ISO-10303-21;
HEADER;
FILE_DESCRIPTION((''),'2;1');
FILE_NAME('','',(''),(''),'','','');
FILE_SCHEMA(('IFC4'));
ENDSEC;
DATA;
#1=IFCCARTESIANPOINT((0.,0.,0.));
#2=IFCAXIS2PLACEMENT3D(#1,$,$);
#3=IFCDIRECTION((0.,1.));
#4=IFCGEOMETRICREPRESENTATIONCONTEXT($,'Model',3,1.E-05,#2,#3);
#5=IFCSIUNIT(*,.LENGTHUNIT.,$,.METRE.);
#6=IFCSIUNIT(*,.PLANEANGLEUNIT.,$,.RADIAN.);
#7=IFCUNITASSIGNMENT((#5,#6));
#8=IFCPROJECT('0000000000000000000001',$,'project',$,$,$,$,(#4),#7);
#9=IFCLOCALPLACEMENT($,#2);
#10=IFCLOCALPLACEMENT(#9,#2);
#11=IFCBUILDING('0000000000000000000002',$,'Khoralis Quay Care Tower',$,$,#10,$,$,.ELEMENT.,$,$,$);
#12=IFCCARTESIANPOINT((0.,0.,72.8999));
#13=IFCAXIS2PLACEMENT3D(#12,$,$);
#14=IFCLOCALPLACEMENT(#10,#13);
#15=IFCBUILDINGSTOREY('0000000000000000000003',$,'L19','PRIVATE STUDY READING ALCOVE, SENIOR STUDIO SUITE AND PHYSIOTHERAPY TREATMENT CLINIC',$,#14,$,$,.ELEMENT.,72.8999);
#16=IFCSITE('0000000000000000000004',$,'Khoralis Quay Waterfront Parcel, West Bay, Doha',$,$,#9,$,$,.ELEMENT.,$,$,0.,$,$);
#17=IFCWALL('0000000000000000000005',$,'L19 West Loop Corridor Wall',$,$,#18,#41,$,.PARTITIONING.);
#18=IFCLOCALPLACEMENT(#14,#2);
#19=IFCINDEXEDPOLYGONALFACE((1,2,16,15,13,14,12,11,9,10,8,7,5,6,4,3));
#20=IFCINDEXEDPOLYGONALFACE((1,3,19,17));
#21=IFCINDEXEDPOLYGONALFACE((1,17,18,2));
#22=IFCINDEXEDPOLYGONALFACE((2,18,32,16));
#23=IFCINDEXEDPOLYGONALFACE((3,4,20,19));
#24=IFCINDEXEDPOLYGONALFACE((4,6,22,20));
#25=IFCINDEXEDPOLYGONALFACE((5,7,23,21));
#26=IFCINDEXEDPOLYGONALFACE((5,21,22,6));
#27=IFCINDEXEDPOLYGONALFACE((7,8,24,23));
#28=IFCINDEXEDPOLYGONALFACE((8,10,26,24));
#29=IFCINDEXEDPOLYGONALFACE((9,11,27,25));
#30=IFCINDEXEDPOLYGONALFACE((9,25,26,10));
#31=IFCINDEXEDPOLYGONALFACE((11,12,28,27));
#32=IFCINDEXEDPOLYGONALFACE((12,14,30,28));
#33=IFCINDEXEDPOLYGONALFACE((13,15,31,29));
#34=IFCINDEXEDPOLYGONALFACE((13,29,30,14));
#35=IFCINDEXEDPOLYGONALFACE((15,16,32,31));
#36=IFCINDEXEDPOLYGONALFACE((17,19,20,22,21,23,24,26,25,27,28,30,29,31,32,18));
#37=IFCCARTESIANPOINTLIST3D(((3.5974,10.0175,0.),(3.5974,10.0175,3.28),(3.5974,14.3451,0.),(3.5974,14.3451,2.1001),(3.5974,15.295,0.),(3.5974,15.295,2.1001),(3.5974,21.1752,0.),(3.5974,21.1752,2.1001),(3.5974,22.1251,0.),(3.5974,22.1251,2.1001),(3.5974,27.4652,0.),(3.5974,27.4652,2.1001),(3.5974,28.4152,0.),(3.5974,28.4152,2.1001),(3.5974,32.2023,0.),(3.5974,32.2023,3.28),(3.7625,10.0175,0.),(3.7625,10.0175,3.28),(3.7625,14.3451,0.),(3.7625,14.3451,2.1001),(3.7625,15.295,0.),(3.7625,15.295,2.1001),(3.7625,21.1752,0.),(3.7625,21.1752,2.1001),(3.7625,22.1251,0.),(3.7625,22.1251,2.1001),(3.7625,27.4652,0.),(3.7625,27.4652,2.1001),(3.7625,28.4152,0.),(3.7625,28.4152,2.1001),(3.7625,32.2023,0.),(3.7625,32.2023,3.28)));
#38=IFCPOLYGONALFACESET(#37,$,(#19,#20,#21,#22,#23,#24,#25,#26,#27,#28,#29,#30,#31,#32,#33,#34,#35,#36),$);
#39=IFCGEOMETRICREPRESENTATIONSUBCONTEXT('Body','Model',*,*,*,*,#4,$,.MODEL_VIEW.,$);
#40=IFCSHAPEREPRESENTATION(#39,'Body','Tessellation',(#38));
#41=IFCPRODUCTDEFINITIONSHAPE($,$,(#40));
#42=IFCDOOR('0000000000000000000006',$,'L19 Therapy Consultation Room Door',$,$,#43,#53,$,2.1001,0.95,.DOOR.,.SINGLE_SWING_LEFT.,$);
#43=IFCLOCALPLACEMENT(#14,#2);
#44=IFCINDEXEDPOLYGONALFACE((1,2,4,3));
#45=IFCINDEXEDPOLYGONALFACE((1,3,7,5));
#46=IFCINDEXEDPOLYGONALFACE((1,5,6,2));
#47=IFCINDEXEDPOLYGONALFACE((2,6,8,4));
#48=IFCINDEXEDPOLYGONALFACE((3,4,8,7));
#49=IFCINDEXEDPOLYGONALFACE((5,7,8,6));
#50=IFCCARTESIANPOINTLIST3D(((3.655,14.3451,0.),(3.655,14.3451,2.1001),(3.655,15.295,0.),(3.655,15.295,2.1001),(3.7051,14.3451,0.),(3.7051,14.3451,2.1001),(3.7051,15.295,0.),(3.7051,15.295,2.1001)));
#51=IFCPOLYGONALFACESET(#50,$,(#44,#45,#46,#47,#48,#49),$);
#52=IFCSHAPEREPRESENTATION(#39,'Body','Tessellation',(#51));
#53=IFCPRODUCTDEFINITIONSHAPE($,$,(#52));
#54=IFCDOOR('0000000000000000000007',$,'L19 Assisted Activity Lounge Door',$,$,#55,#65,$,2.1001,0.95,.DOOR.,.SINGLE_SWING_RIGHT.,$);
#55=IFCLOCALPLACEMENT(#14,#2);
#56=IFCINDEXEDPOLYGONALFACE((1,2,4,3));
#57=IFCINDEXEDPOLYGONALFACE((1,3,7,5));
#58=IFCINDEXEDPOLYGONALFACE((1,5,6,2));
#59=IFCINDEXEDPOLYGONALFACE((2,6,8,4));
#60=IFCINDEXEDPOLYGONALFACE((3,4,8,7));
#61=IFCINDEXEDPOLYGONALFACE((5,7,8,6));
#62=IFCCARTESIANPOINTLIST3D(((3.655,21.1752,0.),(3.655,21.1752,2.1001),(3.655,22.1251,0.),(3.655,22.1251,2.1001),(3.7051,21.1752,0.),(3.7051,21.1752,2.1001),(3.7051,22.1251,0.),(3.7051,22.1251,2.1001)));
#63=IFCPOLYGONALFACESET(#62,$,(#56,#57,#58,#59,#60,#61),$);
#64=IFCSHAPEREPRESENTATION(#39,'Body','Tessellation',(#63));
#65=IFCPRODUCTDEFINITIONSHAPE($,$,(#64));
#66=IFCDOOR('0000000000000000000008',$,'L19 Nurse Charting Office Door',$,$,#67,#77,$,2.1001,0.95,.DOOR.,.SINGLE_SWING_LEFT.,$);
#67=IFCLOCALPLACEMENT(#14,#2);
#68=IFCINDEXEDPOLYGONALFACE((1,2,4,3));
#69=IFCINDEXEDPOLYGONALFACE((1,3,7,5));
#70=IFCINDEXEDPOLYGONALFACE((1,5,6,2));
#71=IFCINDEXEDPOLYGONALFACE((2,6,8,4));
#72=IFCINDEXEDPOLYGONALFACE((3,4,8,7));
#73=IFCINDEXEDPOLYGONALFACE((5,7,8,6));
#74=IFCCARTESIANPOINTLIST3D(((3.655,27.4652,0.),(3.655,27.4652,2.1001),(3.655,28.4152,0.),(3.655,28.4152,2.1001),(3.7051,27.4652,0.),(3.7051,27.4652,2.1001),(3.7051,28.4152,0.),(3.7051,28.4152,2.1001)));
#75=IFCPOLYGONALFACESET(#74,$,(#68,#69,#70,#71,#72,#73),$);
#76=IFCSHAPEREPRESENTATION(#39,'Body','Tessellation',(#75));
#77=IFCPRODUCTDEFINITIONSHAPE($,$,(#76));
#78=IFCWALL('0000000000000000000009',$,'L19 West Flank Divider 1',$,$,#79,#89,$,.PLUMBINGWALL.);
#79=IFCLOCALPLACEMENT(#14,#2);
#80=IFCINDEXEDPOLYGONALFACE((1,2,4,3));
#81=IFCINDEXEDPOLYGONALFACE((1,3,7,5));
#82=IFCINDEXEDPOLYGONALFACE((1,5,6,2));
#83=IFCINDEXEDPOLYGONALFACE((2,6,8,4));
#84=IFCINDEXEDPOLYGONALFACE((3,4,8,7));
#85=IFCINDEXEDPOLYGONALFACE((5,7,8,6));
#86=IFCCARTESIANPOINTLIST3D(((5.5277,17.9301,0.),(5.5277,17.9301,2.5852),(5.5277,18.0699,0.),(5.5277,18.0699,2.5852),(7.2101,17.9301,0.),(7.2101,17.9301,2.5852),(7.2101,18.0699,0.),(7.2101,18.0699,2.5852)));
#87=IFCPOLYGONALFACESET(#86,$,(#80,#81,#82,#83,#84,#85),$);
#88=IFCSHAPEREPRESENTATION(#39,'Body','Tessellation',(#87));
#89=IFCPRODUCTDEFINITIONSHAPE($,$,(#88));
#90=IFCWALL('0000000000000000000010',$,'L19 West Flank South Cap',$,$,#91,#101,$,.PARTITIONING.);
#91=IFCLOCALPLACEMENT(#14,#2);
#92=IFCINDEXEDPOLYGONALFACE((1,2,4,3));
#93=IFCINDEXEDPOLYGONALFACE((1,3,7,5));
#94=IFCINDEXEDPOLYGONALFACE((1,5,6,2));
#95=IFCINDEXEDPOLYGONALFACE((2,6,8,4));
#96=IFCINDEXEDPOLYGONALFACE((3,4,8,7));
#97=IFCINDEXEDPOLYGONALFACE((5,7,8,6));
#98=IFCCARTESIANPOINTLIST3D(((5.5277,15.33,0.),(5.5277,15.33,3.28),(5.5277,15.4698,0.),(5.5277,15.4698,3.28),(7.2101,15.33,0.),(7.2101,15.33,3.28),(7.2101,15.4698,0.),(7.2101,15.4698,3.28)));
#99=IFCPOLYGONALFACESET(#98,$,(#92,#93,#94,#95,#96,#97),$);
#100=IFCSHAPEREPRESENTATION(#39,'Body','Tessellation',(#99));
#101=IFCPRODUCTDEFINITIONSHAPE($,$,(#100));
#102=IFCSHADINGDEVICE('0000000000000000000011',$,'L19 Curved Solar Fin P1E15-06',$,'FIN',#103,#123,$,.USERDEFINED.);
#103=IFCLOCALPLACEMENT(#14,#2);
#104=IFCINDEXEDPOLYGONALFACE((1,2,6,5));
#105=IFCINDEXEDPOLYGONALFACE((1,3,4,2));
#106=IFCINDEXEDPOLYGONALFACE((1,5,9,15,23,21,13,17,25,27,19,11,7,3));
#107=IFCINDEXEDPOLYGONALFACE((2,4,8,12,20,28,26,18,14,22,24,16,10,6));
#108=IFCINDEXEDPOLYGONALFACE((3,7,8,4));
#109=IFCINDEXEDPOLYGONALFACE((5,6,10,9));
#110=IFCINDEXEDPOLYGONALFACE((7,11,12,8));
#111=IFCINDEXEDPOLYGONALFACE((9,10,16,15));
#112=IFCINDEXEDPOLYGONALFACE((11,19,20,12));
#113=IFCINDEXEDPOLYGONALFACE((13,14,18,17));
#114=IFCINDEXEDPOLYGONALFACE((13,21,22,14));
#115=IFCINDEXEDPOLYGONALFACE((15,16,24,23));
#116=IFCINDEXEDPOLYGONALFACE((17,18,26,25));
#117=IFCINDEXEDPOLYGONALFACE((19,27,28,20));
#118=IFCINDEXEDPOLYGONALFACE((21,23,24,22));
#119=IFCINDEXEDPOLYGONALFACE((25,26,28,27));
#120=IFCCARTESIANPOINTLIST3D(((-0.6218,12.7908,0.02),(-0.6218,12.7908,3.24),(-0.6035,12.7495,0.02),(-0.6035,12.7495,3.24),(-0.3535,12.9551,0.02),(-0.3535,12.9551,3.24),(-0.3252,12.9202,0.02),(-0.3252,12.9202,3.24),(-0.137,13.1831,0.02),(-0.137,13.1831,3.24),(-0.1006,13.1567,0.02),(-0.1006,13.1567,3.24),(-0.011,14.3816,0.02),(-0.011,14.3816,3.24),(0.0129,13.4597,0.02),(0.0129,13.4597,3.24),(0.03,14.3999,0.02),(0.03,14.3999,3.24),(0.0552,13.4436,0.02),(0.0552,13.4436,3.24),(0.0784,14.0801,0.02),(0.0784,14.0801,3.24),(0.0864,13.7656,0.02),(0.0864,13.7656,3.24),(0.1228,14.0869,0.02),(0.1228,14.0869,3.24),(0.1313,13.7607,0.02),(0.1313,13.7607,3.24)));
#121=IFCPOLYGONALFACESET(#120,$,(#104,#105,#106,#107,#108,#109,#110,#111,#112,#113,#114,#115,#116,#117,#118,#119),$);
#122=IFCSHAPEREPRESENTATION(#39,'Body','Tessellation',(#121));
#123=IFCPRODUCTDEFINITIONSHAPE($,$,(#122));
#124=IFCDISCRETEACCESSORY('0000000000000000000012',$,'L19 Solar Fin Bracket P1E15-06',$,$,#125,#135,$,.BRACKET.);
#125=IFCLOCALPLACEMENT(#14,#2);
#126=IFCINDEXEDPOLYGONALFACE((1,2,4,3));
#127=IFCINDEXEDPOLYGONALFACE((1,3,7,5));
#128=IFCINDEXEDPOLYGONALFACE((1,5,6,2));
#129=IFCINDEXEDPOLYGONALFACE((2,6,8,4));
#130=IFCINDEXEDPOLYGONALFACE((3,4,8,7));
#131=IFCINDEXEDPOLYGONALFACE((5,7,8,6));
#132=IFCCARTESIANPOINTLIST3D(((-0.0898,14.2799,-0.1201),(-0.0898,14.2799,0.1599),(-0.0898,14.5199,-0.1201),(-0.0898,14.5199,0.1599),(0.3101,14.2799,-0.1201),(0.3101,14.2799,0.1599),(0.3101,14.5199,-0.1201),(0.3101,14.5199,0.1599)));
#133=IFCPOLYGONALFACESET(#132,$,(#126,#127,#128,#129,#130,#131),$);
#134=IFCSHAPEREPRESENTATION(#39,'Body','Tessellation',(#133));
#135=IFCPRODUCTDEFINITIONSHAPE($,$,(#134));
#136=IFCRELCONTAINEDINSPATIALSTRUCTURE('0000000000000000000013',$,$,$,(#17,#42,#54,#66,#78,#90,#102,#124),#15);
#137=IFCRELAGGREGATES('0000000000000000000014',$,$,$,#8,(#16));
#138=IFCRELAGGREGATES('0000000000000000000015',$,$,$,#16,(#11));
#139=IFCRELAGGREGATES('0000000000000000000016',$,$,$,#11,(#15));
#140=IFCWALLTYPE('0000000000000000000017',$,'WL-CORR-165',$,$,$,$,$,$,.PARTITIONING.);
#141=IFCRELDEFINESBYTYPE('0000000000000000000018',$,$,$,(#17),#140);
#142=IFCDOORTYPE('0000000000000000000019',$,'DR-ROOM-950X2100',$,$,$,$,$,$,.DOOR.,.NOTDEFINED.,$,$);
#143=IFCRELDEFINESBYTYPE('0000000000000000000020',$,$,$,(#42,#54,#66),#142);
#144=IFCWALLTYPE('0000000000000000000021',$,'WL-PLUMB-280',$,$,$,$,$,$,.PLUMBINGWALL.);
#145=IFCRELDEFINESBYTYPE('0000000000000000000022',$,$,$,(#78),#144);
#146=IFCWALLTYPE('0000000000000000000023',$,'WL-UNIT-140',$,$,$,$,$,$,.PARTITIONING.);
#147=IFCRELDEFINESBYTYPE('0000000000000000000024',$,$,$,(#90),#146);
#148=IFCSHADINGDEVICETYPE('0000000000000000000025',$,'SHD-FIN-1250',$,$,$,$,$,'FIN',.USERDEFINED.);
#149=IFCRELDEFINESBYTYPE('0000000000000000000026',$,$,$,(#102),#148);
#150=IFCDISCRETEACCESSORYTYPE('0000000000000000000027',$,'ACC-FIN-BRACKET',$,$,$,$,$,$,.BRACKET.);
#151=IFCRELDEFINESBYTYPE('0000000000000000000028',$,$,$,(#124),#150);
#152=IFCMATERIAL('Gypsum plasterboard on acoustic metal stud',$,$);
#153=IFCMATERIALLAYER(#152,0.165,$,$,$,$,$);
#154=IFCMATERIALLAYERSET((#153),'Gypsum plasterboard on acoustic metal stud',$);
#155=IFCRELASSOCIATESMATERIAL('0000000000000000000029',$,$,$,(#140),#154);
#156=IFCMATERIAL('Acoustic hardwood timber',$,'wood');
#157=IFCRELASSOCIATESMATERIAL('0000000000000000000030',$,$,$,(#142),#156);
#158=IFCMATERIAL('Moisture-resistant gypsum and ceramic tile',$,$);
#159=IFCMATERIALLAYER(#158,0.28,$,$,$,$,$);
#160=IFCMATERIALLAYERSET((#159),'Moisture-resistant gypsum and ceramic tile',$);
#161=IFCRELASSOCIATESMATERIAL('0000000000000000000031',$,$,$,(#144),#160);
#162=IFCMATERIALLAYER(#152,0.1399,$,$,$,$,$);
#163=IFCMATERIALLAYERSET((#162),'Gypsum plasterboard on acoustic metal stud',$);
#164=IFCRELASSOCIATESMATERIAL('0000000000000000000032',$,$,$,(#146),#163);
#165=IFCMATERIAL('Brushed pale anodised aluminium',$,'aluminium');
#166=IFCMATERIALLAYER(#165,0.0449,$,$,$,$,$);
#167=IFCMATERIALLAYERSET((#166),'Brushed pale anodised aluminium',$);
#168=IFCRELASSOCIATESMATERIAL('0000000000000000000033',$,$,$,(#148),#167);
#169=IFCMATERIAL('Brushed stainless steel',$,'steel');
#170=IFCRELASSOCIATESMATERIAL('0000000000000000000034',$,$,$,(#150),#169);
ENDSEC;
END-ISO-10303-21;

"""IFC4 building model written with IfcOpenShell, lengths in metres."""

from ifc_helpers import new_model, si_unit, direction, frame, frame_2d, origin, origin_2d, place, context, subcontext, project, spatial, polyline, rectangle, outline, extrude, source, transform, mapped, material, layer, layer_set, type_object, element, fill, save


model = new_model("IFC4")

# Units and contexts
model_context = context("Model", 3, precision=1e-05, world=origin(), true_north=direction((0.0, 1.0)))
body_context = subcontext(model_context, "Body", "Model", "MODEL_VIEW")
ifc_project = project(units=[si_unit("LENGTHUNIT", "METRE"), si_unit("PLANEANGLEUNIT", "RADIAN")], contexts=[model_context])

# Site, building, storey
site_placement = place(None, origin())
site = spatial("IfcSite", under=ifc_project, at=site_placement, Name="Khoralis Quay Waterfront Parcel, West Bay, Doha", CompositionType="ELEMENT", RefElevation=0.0)
building_placement = place(site_placement, origin())
building = spatial("IfcBuilding", under=site, at=building_placement, Name="Khoralis Quay Care Tower", CompositionType="ELEMENT")
storey_placement = place(building_placement, frame((0.0, 0.0, 72.8999)))
storey = spatial("IfcBuildingStorey", under=building, at=storey_placement, Name="L19", Description="PRIVATE STUDY READING ALCOVE, SENIOR STUDIO SUITE AND PHYSIOTHERAPY TREATMENT CLINIC", CompositionType="ELEMENT", Elevation=72.8999)

# Wall, openings, doors
ifc_material_1 = material(Name="Gypsum plasterboard on acoustic metal stud")
ifc_layer_1 = layer(ifc_material_1, 0.165)
ifc_layer_set_1 = layer_set([ifc_layer_1], Name="Gypsum plasterboard on acoustic metal stud")
wall_type_1 = type_object("IfcWallType", Name="WL-CORR-165", PredefinedType="PARTITIONING", material=ifc_layer_set_1)
ifc_material_2 = material(Name="Acoustic hardwood timber", Category="wood")
door_type_1 = type_object("IfcDoorType", Name="DR-ROOM-950X2100", OperationType="NOTDEFINED", PredefinedType="DOOR", material=ifc_material_2)
shared_shape_1 = source(origin(), body_context, "Body", "SweptSolid", [
    extrude(rectangle(XDim=0.95, YDim=2.1001, at=frame_2d((0.4751, 1.05))), frame((0.0, 0.0249, 0.0), z_axis=(0.0, -1.0, 0.0), x_axis=(1.0, 0.0, 0.0)), (0.0, 0.0, 1.0), 0.05),
])
wall_1_placement = place(storey_placement, frame((3.6799, 10.0176, 0.0), z_axis=(0.0, 0.0, 1.0), x_axis=(0.0, 1.0, 0.0)))
wall_1 = element("IfcWall", 1, at=wall_1_placement, inside=storey, type_object=wall_type_1, Name="L19 West Loop Corridor Wall", PredefinedType="PARTITIONING", context=body_context, shape_type="SweptSolid", body=[
    extrude(rectangle(XDim=22.1848, YDim=0.165, at=frame_2d((11.0923, 0.0))), origin(), (0.0, 0.0, 1.0), 3.28),
])
opening_1_placement = place(wall_1_placement, frame((4.3274, 0.0, 0.0)))
opening_1 = element("IfcOpeningElement", 2, at=opening_1_placement, cuts=wall_1, PredefinedType="OPENING", context=body_context, shape_type="SweptSolid", body=[
    extrude(rectangle(XDim=0.95, YDim=2.1001, at=frame_2d((0.4751, 1.05))), frame((0.0, 0.0925, 0.0), z_axis=(0.0, -1.0, 0.0), x_axis=(1.0, 0.0, 0.0)), (0.0, 0.0, 1.0), 0.1851),
])
opening_2_placement = place(wall_1_placement, frame((11.1575, 0.0, 0.0)))
opening_2 = element("IfcOpeningElement", 3, at=opening_2_placement, cuts=wall_1, PredefinedType="OPENING", context=body_context, shape_type="SweptSolid", body=[
    extrude(rectangle(XDim=0.95, YDim=2.1001, at=frame_2d((0.4751, 1.05))), frame((0.0, 0.0925, 0.0), z_axis=(0.0, -1.0, 0.0), x_axis=(1.0, 0.0, 0.0)), (0.0, 0.0, 1.0), 0.1851),
])
opening_3_placement = place(wall_1_placement, frame((17.4475, 0.0, 0.0)))
opening_3 = element("IfcOpeningElement", 4, at=opening_3_placement, cuts=wall_1, PredefinedType="OPENING", context=body_context, shape_type="SweptSolid", body=[
    extrude(rectangle(XDim=0.95, YDim=2.1001, at=frame_2d((0.4751, 1.05))), frame((0.0, 0.0925, 0.0), z_axis=(0.0, -1.0, 0.0), x_axis=(1.0, 0.0, 0.0)), (0.0, 0.0, 1.0), 0.1851),
])
door_1_placement = place(opening_1_placement, origin())
door_1 = element("IfcDoor", 5, at=door_1_placement, inside=storey, type_object=door_type_1, Name="L19 Therapy Consultation Room Door", OperationType="SINGLE_SWING_LEFT", OverallHeight=2.1001, OverallWidth=0.95, PredefinedType="DOOR", context=body_context, shape_type="MappedRepresentation", body=[
    mapped(shared_shape_1, transform((0.0, 0.0, 0.0), scale=1.0)),
])
fill(opening_1, door_1)
door_2_placement = place(opening_2_placement, origin())
door_2 = element("IfcDoor", 6, at=door_2_placement, inside=storey, type_object=door_type_1, Name="L19 Assisted Activity Lounge Door", OperationType="SINGLE_SWING_RIGHT", OverallHeight=2.1001, OverallWidth=0.95, PredefinedType="DOOR", context=body_context, shape_type="MappedRepresentation", body=[
    mapped(shared_shape_1, transform((0.0, 0.0, 0.0), scale=1.0)),
])
fill(opening_2, door_2)
door_3_placement = place(opening_3_placement, origin())
door_3 = element("IfcDoor", 7, at=door_3_placement, inside=storey, type_object=door_type_1, Name="L19 Nurse Charting Office Door", OperationType="SINGLE_SWING_LEFT", OverallHeight=2.1001, OverallWidth=0.95, PredefinedType="DOOR", context=body_context, shape_type="MappedRepresentation", body=[
    mapped(shared_shape_1, transform((0.0, 0.0, 0.0), scale=1.0)),
])
fill(opening_3, door_3)

# Walls
ifc_material_3 = material(Name="Moisture-resistant gypsum and ceramic tile")
ifc_layer_2 = layer(ifc_material_3, 0.28)
ifc_layer_set_2 = layer_set([ifc_layer_2], Name="Moisture-resistant gypsum and ceramic tile")
wall_type_2 = type_object("IfcWallType", Name="WL-PLUMB-280", PredefinedType="PLUMBINGWALL", material=ifc_layer_set_2)
wall_2_placement = place(storey_placement, frame((5.5276, 18.0, 0.0), z_axis=(0.0, 0.0, 1.0), x_axis=(1.0, 0.0, 0.0)))
element("IfcWall", 8, at=wall_2_placement, inside=storey, type_object=wall_type_2, Name="L19 West Flank Divider 1", PredefinedType="PLUMBINGWALL", context=body_context, shape_type="SweptSolid", body=[
    extrude(rectangle(XDim=1.6824, YDim=0.1399, at=frame_2d((0.8413, 0.0))), origin(), (0.0, 0.0, 1.0), 2.5852),
])
ifc_layer_3 = layer(ifc_material_1, 0.1399)
ifc_layer_set_3 = layer_set([ifc_layer_3], Name="Gypsum plasterboard on acoustic metal stud")
wall_type_3 = type_object("IfcWallType", Name="WL-UNIT-140", PredefinedType="PARTITIONING", material=ifc_layer_set_3)
wall_3_placement = place(storey_placement, frame((5.5276, 15.3999, 0.0), z_axis=(0.0, 0.0, 1.0), x_axis=(1.0, 0.0, 0.0)))
element("IfcWall", 9, at=wall_3_placement, inside=storey, type_object=wall_type_3, Name="L19 West Flank South Cap", PredefinedType="PARTITIONING", context=body_context, shape_type="SweptSolid", body=[
    extrude(rectangle(XDim=1.6824, YDim=0.1399, at=frame_2d((0.8413, 0.0))), origin(), (0.0, 0.0, 1.0), 3.28),
])

# Shading device
ifc_material_4 = material(Name="Brushed pale anodised aluminium", Category="aluminium")
ifc_layer_4 = layer(ifc_material_4, 0.0449)
ifc_layer_set_4 = layer_set([ifc_layer_4], Name="Brushed pale anodised aluminium")
shading_device_type = type_object("IfcShadingDeviceType", Name="SHD-FIN-1250", ElementType="FIN", PredefinedType="USERDEFINED", material=ifc_layer_set_4)
shared_shape_2 = source(origin(), body_context, "Body", "SweptSolid", [
    extrude(outline(polyline([(0.0, 0.0), (-0.0928, 0.313), (-0.1013, 0.6392), (-0.0251, 0.9563), (0.1306, 1.2432), (0.3552, 1.4797), (0.6335, 1.6504), (0.6519, 1.6091), (0.3835, 1.4448), (0.167, 1.2168), (0.0171, 0.9402), (-0.0564, 0.6343), (-0.0483, 0.3198), (0.041, 0.0183), (0.0, 0.0)])), origin(), (0.0, 0.0, 1.0), 3.22),
])
shading_device_placement = place(storey_placement, frame((0.03, 14.3999, 0.02), z_axis=(0.0, 0.0, 1.0), x_axis=(-1.0, 0.0, 0.0)))
element("IfcShadingDevice", 10, at=shading_device_placement, inside=storey, type_object=shading_device_type, Name="L19 Curved Solar Fin P1E15-06", ObjectType="FIN", PredefinedType="USERDEFINED", context=body_context, shape_type="MappedRepresentation", body=[
    mapped(shared_shape_2, transform((0.0, 0.0, 0.0), scale=1.0)),
])

# Discrete accessory
ifc_material_5 = material(Name="Brushed stainless steel", Category="steel")
discrete_accessory_type = type_object("IfcDiscreteAccessoryType", Name="ACC-FIN-BRACKET", PredefinedType="BRACKET", material=ifc_material_5)
shared_shape_3 = source(origin(), body_context, "Body", "SweptSolid", [
    extrude(rectangle(XDim=0.3999, YDim=0.24, at=origin_2d()), origin(), (0.0, 0.0, 1.0), 0.28),
])
discrete_accessory_placement = place(storey_placement, frame((0.1101, 14.3999, -0.1201), z_axis=(0.0, 0.0, 1.0), x_axis=(-1.0, 0.0, 0.0)))
element("IfcDiscreteAccessory", 11, at=discrete_accessory_placement, inside=storey, type_object=discrete_accessory_type, Name="L19 Solar Fin Bracket P1E15-06", PredefinedType="BRACKET", context=body_context, shape_type="MappedRepresentation", body=[
    mapped(shared_shape_3, transform((0.0, 0.0, 0.0), scale=1.0)),
])

save(model, "model.ifc")
